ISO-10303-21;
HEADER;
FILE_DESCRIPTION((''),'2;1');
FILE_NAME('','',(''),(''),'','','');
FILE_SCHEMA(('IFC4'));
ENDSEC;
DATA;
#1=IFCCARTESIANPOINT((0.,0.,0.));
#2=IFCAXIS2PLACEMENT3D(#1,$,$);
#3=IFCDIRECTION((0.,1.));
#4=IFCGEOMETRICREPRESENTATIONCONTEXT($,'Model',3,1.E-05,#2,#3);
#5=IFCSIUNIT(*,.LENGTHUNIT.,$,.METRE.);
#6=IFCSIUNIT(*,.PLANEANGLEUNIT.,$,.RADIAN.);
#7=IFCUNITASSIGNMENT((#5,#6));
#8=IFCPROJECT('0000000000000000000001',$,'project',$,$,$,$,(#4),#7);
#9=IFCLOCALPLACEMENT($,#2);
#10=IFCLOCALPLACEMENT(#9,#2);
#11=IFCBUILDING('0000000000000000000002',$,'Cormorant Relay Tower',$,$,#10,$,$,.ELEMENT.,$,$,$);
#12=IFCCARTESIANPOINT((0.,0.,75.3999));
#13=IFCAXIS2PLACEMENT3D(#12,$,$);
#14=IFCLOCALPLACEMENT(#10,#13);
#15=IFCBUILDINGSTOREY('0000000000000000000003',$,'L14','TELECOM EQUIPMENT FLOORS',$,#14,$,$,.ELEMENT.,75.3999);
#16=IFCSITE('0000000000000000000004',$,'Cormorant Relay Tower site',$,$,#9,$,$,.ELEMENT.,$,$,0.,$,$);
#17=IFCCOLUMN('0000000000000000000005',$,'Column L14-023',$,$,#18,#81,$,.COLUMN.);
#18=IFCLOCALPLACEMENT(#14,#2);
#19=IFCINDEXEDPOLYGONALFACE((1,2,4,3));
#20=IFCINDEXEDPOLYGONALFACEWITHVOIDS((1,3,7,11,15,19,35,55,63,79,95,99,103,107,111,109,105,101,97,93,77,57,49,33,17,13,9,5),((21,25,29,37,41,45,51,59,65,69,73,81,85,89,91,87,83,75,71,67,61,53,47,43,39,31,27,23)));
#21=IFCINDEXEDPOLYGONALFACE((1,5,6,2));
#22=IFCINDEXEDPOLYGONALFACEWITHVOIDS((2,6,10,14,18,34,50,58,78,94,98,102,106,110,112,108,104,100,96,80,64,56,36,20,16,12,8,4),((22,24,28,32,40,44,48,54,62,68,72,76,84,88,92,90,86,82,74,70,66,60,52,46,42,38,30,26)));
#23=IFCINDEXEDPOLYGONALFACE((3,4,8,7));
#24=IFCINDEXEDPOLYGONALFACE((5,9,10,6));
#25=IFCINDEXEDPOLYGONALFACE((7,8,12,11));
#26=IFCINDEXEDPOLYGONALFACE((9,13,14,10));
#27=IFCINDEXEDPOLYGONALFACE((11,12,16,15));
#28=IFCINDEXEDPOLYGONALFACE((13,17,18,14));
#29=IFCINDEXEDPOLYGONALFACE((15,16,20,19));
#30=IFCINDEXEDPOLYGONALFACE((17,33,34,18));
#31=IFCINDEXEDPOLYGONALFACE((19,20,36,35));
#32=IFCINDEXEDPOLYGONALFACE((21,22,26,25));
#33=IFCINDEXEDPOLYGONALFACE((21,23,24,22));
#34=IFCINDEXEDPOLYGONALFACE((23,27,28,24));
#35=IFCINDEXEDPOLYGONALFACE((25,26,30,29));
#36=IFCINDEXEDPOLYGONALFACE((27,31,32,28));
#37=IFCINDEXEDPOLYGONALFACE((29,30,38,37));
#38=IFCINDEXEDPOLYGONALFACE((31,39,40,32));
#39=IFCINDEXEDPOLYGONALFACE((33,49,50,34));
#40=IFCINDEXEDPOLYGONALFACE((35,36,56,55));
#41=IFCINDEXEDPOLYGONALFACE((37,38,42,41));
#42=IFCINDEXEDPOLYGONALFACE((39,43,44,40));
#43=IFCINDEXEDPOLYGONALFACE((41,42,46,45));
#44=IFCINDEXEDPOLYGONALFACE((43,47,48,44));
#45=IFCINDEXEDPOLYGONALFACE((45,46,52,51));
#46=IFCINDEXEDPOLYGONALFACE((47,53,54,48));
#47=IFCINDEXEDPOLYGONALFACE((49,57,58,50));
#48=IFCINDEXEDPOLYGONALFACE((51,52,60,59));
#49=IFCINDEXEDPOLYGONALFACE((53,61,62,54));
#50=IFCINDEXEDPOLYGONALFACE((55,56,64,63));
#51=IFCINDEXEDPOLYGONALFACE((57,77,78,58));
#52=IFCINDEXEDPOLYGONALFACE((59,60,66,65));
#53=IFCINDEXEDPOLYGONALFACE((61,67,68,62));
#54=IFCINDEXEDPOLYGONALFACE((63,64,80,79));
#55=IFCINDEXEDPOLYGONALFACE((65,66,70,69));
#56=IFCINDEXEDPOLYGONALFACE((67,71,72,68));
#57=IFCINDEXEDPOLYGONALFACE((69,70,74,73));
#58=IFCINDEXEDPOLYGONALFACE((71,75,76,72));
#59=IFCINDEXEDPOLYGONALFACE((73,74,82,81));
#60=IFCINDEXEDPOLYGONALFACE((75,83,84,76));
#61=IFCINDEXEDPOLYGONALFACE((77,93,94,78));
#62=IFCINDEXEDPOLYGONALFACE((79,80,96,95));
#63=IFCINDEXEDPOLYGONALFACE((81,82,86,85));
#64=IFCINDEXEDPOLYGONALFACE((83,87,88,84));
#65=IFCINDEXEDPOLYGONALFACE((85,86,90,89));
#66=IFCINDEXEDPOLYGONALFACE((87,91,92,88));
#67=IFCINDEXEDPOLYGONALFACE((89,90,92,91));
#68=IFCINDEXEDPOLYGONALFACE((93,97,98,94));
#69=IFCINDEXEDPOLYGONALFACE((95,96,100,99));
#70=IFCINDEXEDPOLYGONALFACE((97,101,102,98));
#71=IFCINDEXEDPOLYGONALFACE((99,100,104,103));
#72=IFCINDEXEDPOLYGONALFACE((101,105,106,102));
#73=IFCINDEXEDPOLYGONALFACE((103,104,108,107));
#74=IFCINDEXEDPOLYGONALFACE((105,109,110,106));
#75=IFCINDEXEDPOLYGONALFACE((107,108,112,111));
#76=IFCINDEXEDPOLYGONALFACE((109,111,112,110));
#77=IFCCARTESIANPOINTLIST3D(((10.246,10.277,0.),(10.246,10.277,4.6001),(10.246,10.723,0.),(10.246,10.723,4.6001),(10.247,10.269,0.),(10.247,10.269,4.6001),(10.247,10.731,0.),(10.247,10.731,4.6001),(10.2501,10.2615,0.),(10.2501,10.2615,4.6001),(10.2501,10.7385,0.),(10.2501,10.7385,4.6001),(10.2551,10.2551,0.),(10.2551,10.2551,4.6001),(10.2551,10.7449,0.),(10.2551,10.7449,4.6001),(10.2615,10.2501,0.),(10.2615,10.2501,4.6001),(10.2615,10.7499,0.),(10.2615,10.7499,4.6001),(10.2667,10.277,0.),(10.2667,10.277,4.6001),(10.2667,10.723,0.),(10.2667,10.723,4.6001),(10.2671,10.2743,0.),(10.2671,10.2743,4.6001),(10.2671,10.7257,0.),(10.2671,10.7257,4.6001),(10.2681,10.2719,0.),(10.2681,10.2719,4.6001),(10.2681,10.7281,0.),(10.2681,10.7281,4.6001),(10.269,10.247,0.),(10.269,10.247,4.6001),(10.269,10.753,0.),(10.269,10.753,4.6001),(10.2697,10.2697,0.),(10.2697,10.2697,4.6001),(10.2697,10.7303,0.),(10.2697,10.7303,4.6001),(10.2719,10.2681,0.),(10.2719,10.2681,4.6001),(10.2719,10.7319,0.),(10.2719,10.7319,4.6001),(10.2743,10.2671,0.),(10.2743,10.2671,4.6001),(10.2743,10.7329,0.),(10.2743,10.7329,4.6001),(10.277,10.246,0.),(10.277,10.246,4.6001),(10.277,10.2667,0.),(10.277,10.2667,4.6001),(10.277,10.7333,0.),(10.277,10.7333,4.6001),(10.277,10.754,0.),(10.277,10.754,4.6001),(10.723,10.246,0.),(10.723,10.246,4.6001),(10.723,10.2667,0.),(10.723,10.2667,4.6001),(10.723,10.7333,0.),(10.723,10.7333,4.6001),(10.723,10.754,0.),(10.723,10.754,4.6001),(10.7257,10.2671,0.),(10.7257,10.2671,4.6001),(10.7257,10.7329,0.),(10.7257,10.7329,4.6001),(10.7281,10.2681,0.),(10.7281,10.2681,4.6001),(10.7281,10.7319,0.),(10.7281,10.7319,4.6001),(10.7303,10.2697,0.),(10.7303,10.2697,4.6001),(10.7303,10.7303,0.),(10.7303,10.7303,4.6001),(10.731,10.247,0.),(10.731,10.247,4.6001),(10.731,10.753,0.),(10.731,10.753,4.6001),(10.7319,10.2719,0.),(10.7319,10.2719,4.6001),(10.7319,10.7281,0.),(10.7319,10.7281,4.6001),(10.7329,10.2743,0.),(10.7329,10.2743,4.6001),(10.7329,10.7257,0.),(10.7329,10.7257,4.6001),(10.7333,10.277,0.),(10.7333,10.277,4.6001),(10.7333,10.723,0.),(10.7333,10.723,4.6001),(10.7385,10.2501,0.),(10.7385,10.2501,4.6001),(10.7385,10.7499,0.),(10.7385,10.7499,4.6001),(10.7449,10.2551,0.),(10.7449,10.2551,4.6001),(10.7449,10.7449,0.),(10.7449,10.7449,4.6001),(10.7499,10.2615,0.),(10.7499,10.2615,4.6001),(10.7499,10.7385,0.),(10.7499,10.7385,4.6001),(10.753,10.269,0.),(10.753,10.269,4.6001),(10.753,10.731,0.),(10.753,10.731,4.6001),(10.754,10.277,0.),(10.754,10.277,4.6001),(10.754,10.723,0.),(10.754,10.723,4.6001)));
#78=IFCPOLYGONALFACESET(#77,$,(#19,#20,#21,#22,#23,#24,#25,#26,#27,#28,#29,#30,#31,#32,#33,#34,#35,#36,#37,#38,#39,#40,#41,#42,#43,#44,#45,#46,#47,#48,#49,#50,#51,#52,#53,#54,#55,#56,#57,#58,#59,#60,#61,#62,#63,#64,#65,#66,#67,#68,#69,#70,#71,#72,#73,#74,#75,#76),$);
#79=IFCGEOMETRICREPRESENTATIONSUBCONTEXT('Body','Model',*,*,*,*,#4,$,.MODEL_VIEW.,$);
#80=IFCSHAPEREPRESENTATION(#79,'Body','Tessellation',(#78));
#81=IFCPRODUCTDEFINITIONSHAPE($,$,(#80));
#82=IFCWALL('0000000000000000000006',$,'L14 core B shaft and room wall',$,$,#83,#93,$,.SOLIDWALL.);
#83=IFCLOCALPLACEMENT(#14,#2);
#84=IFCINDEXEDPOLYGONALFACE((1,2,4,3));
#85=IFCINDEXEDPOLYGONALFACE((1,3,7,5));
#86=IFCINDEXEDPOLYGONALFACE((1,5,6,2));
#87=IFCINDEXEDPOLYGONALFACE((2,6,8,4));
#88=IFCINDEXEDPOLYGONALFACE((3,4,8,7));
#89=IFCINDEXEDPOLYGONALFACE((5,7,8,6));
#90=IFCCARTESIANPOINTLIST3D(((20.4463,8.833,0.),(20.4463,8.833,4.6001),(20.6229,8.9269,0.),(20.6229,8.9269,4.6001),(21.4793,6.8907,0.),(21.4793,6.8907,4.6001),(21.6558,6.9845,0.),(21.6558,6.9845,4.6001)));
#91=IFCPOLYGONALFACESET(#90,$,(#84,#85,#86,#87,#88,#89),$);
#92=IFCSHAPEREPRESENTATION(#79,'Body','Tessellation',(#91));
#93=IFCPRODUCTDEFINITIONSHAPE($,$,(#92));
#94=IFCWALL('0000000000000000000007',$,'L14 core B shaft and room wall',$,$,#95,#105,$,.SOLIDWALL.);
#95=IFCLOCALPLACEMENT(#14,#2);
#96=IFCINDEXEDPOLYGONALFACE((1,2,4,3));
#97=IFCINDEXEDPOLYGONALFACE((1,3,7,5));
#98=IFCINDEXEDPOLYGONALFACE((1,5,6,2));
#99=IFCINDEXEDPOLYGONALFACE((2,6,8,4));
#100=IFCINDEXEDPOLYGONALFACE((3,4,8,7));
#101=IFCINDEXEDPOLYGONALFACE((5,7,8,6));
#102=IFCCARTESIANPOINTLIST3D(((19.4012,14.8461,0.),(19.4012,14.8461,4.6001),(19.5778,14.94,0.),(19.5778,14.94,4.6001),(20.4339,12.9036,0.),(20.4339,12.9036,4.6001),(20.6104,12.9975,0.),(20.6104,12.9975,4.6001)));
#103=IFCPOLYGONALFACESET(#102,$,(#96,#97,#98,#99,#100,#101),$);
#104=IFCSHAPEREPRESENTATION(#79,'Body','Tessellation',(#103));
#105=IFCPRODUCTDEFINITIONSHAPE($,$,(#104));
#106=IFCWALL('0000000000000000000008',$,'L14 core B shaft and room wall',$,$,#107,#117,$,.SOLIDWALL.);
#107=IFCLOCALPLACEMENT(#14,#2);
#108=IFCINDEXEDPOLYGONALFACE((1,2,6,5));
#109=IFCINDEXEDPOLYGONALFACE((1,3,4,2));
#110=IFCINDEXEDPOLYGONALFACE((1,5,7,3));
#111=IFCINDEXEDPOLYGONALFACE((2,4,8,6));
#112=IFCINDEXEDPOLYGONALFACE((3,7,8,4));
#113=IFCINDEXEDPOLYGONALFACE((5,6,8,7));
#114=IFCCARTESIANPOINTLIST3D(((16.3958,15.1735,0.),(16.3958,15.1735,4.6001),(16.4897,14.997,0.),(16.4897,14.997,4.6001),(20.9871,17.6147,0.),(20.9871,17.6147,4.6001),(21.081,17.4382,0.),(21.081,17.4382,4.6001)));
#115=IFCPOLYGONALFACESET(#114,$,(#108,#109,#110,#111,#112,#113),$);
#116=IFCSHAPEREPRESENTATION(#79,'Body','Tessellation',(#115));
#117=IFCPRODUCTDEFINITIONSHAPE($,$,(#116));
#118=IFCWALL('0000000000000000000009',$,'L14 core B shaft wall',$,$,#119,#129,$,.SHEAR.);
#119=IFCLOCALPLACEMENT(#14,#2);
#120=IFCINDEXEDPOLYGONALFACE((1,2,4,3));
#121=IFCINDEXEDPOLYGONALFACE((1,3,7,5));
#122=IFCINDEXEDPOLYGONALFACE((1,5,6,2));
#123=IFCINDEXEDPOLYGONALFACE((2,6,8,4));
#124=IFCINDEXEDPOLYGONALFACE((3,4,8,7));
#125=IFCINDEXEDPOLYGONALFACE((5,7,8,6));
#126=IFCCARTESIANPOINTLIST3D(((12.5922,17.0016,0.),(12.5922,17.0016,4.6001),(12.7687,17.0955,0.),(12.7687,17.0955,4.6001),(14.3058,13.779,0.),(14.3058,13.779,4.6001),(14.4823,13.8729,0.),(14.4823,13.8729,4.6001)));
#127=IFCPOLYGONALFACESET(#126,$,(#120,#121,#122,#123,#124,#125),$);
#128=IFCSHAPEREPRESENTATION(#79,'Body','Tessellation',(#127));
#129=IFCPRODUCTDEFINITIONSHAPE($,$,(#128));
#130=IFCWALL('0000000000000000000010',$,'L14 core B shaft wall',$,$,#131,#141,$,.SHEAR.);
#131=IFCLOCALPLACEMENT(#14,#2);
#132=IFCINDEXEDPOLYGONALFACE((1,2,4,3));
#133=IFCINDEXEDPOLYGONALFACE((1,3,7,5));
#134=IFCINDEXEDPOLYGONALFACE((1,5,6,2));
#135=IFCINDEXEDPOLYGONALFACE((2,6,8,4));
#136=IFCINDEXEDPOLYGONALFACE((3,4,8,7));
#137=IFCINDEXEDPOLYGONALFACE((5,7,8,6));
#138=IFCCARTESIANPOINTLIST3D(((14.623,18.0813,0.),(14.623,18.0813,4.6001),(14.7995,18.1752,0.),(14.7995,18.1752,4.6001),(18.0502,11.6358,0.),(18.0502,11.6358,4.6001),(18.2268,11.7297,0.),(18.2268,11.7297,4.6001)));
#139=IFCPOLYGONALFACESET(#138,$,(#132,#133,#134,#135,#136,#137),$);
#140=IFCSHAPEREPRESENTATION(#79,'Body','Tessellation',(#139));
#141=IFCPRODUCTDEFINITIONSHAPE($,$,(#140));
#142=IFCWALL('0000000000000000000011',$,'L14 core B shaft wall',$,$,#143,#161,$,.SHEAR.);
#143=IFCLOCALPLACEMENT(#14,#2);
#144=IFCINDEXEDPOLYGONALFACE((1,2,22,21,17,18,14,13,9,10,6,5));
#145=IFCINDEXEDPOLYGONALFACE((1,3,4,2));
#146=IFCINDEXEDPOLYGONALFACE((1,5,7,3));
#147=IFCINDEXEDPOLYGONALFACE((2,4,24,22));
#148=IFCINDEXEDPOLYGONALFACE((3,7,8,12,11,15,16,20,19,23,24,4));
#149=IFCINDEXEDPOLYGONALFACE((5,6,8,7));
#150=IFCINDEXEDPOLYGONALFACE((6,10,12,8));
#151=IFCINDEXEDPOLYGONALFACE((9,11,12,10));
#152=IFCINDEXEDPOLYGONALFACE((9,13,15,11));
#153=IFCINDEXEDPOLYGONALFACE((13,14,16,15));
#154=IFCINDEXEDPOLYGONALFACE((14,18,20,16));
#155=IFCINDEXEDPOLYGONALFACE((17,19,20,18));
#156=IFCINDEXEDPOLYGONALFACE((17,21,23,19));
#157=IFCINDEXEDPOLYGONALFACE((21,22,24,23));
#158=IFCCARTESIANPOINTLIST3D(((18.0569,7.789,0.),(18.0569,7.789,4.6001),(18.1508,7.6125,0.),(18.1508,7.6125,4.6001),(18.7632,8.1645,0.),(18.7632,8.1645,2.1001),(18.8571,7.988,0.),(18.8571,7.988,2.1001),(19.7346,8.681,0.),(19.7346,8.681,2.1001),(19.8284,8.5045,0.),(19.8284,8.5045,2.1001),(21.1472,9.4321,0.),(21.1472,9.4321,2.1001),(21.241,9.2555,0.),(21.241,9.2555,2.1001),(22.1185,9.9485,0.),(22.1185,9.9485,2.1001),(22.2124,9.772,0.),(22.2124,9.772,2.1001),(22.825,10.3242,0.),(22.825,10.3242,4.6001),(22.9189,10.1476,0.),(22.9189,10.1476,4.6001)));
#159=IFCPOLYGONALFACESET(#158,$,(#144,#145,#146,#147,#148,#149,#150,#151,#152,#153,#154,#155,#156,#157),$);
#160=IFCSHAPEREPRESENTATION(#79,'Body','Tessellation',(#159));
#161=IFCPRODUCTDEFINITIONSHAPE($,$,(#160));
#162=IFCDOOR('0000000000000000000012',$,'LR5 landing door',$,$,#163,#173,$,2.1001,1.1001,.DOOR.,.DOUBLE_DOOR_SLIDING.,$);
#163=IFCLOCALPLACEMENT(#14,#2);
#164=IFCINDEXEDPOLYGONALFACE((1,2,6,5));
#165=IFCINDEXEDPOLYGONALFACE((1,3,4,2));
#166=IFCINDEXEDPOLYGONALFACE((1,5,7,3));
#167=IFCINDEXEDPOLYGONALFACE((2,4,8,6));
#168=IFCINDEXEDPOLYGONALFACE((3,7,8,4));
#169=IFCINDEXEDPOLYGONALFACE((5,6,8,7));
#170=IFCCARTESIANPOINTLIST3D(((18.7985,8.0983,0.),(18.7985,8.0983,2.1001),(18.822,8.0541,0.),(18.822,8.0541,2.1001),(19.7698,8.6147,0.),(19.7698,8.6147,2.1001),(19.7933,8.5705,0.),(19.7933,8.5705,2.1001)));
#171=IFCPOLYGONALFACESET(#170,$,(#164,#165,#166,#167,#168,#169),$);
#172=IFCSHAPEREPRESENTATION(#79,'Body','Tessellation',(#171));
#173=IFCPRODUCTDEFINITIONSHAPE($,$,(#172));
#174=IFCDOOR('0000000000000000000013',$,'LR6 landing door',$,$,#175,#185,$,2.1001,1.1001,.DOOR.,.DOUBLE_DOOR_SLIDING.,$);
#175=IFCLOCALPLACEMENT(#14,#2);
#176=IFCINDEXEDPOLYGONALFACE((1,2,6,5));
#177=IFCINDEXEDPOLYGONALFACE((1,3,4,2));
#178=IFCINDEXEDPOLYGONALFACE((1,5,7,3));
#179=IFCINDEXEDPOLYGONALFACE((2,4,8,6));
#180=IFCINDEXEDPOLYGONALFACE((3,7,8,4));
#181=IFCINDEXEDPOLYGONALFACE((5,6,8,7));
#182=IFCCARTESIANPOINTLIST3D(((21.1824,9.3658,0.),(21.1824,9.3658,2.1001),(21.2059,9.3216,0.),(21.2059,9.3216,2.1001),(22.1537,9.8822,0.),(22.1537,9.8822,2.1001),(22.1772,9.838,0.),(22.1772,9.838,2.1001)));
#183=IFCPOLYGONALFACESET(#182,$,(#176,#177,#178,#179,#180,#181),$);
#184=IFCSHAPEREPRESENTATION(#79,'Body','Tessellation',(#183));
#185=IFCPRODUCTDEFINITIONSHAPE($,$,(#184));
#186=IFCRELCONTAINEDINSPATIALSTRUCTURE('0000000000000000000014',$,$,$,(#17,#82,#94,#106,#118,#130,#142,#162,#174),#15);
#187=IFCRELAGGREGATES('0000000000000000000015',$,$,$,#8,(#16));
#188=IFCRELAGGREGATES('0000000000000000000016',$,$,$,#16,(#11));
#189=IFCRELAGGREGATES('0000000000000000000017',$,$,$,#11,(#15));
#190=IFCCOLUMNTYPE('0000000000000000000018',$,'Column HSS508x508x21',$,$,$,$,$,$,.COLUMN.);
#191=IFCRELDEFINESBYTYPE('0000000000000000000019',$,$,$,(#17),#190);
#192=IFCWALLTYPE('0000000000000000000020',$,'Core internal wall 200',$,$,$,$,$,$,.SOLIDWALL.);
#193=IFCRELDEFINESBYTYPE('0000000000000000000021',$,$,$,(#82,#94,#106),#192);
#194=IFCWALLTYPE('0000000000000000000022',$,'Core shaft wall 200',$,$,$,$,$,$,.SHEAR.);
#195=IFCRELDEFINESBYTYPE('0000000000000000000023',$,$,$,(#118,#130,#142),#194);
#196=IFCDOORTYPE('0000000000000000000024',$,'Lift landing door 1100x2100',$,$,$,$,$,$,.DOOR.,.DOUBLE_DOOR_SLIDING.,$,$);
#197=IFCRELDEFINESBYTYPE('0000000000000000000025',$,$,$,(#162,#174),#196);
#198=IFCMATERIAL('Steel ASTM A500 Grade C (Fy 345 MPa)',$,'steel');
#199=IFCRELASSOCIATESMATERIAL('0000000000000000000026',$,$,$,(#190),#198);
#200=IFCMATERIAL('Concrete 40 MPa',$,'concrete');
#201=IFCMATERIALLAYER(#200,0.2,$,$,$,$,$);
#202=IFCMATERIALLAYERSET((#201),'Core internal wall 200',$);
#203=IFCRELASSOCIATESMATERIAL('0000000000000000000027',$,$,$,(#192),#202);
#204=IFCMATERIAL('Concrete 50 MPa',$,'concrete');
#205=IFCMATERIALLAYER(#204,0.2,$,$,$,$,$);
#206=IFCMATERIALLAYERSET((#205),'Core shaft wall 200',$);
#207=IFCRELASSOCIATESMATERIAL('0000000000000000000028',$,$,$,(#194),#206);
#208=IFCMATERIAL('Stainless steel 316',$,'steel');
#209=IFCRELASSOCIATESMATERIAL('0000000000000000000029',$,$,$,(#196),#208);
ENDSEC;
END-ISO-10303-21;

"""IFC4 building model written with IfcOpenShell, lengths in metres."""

from ifc_helpers import new_model, si_unit, direction, frame, frame_2d, origin, origin_2d, place, context, subcontext, project, spatial, rectangle, hollow_rectangle, extrude, material, layer, layer_set, material_profile, profile_set, type_object, element, fill, save


model = new_model("IFC4")

# Units and contexts
model_context = context("Model", 3, precision=1e-05, world=origin(), true_north=direction((0.0, 1.0)))
body_context = subcontext(model_context, "Body", "Model", "MODEL_VIEW")
ifc_project = project(units=[si_unit("LENGTHUNIT", "METRE"), si_unit("PLANEANGLEUNIT", "RADIAN")], contexts=[model_context])

# Site, building, storey
site_placement = place(None, origin())
site = spatial("IfcSite", under=ifc_project, at=site_placement, Name="Cormorant Relay Tower site", CompositionType="ELEMENT", RefElevation=0.0)
building_placement = place(site_placement, origin())
building = spatial("IfcBuilding", under=site, at=building_placement, Name="Cormorant Relay Tower", CompositionType="ELEMENT")
storey_placement = place(building_placement, frame((0.0, 0.0, 75.3999)))
storey = spatial("IfcBuildingStorey", under=building, at=storey_placement, Name="L14", Description="TELECOM EQUIPMENT FLOORS", CompositionType="ELEMENT", Elevation=75.3999)

# Column
ifc_material_1 = material(Name="Steel ASTM A500 Grade C (Fy 345 MPa)", Category="steel")
ifc_material_profile = material_profile(ifc_material_1, hollow_rectangle(XDim=0.5081, YDim=0.5081, WallThickness=0.0208, InnerFilletRadius=0.0103, OuterFilletRadius=0.031, at=origin_2d()), Name="HSS508x508x21")
ifc_profile_set = profile_set([ifc_material_profile], Name="Steel ASTM A500 Grade C (Fy 345 MPa)")
column_type = type_object("IfcColumnType", Name="Column HSS508x508x21", PredefinedType="COLUMN", material=ifc_profile_set)
column_placement = place(storey_placement, frame((10.5, 10.5, 0.0), z_axis=(0.0, 0.0, 1.0), x_axis=(1.0, 0.0, 0.0)))
element("IfcColumn", 1, at=column_placement, inside=storey, type_object=column_type, Name="Column L14-023", PredefinedType="COLUMN", context=body_context, shape_type="SweptSolid", body=[
    extrude(hollow_rectangle(XDim=0.5081, YDim=0.5081, WallThickness=0.0208, InnerFilletRadius=0.0103, OuterFilletRadius=0.031, at=origin_2d()), origin(), (0.0, 0.0, 1.0), 4.6001),
])

# Walls
ifc_material_2 = material(Name="Concrete 40 MPa", Category="concrete")
ifc_layer_1 = layer(ifc_material_2, 0.2)
ifc_layer_set_1 = layer_set([ifc_layer_1], Name="Core internal wall 200")
wall_type_1 = type_object("IfcWallType", Name="Core internal wall 200", PredefinedType="SOLIDWALL", material=ifc_layer_set_1)
for number, where, z_axis, x_axis, name in (
    (2, (21.5676, 6.9375, 0.0), (0.0, 0.0, 1.0), (-0.469534, 0.882914, 0.0), "L14 core B shaft and room wall"),
    (3, (20.5222, 12.9504, 0.0), (0.0, 0.0, 1.0), (-0.469401, 0.882985, 0.0), "L14 core B shaft and room wall"),
):
    element("IfcWall", number, at=place(storey_placement, frame(where, z_axis=z_axis, x_axis=x_axis)), inside=storey, type_object=wall_type_1, Name=name, PredefinedType="SOLIDWALL", context=body_context, shape_type="SweptSolid", body=[
        extrude(rectangle(XDim=2.2, YDim=0.2, at=frame_2d((1.1001, 0.0))), origin(), (0.0, 0.0, 1.0), 4.6001),
    ])
wall_1_placement = place(storey_placement, frame((16.4426, 15.0852, 0.0), z_axis=(0.0, 0.0, 1.0), x_axis=(0.882954, 0.46946, 0.0)))
element("IfcWall", 4, at=wall_1_placement, inside=storey, type_object=wall_type_1, Name="L14 core B shaft and room wall", PredefinedType="SOLIDWALL", context=body_context, shape_type="SweptSolid", body=[
    extrude(rectangle(XDim=5.2, YDim=0.2, at=frame_2d((2.6001, 0.0))), origin(), (0.0, 0.0, 1.0), 4.6001),
])
ifc_material_3 = material(Name="Concrete 50 MPa", Category="concrete")
ifc_layer_2 = layer(ifc_material_3, 0.2)
ifc_layer_set_2 = layer_set([ifc_layer_2], Name="Core shaft wall 200")
wall_type_2 = type_object("IfcWallType", Name="Core shaft wall 200", PredefinedType="SHEAR", material=ifc_layer_set_2)
wall_2_placement = place(storey_placement, frame((14.394, 13.8259, 0.0), z_axis=(0.0, 0.0, 1.0), x_axis=(-0.469494, 0.882936, 0.0)))
element("IfcWall", 5, at=wall_2_placement, inside=storey, type_object=wall_type_2, Name="L14 core B shaft wall", PredefinedType="SHEAR", context=body_context, shape_type="SweptSolid", body=[
    extrude(rectangle(XDim=3.6499, YDim=0.2, at=frame_2d((1.825, 0.0))), origin(), (0.0, 0.0, 1.0), 4.6001),
])
wall_3_placement = place(storey_placement, frame((18.1384, 11.6829, 0.0), z_axis=(0.0, 0.0, 1.0), x_axis=(-0.46948, 0.882943, 0.0)))
element("IfcWall", 6, at=wall_3_placement, inside=storey, type_object=wall_type_2, Name="L14 core B shaft wall", PredefinedType="SHEAR", context=body_context, shape_type="SweptSolid", body=[
    extrude(rectangle(XDim=7.3, YDim=0.2, at=frame_2d((3.6499, 0.0))), origin(), (0.0, 0.0, 1.0), 4.6001),
])

# Wall, openings, doors
wall_4_placement = place(storey_placement, frame((18.1038, 7.7007, 0.0), z_axis=(0.0, 0.0, 1.0), x_axis=(0.882953, 0.469462, 0.0)))
wall_4 = element("IfcWall", 7, at=wall_4_placement, inside=storey, type_object=wall_type_2, Name="L14 core B shaft wall", PredefinedType="SHEAR", context=body_context, shape_type="SweptSolid", body=[
    extrude(rectangle(XDim=5.4001, YDim=0.2, at=frame_2d((2.7002, 0.0))), origin(), (0.0, 0.0, 1.0), 4.6001),
])
opening_1_placement = place(wall_4_placement, frame((0.8, 0.0, 0.0)))
opening_1 = element("IfcOpeningElement", 8, at=opening_1_placement, cuts=wall_4, PredefinedType="OPENING", context=body_context, shape_type="SweptSolid", body=[
    extrude(rectangle(XDim=1.1001, YDim=2.1001, at=frame_2d((0.55, 1.05))), frame((0.0, 0.1099, 0.0), z_axis=(0.0, -1.0, 0.0), x_axis=(1.0, 0.0, 0.0)), (0.0, 0.0, 1.0), 0.22),
])
opening_2_placement = place(wall_4_placement, frame((3.5, 0.0, 0.0)))
opening_2 = element("IfcOpeningElement", 9, at=opening_2_placement, cuts=wall_4, PredefinedType="OPENING", context=body_context, shape_type="SweptSolid", body=[
    extrude(rectangle(XDim=1.1001, YDim=2.1001, at=frame_2d((0.55, 1.05))), frame((0.0, 0.1099, 0.0), z_axis=(0.0, -1.0, 0.0), x_axis=(1.0, 0.0, 0.0)), (0.0, 0.0, 1.0), 0.22),
])
ifc_material_4 = material(Name="Stainless steel 316", Category="steel")
door_type_1 = type_object("IfcDoorType", Name="Lift landing door 1100x2100", OperationType="DOUBLE_DOOR_SLIDING", PredefinedType="DOOR", material=ifc_material_4)
door_1_placement = place(opening_1_placement, origin())
door_1 = element("IfcDoor", 10, at=door_1_placement, inside=storey, type_object=door_type_1, Name="LR5 landing door", OperationType="DOUBLE_DOOR_SLIDING", OverallHeight=2.1001, OverallWidth=1.1001, PredefinedType="DOOR", context=body_context, shape_type="SweptSolid", body=[
    extrude(rectangle(XDim=1.1001, YDim=2.1001, at=frame_2d((0.55, 1.05))), frame((0.0, 0.0249, 0.0), z_axis=(0.0, -1.0, 0.0), x_axis=(1.0, 0.0, 0.0)), (0.0, 0.0, 1.0), 0.05),
])
fill(opening_1, door_1)
door_2_placement = place(opening_2_placement, origin())
door_2 = element("IfcDoor", 11, at=door_2_placement, inside=storey, type_object=door_type_1, Name="LR6 landing door", OperationType="DOUBLE_DOOR_SLIDING", OverallHeight=2.1001, OverallWidth=1.1001, PredefinedType="DOOR", context=body_context, shape_type="SweptSolid", body=[
    extrude(rectangle(XDim=1.1001, YDim=2.1001, at=frame_2d((0.55, 1.05))), frame((0.0, 0.0249, 0.0), z_axis=(0.0, -1.0, 0.0), x_axis=(1.0, 0.0, 0.0)), (0.0, 0.0, 1.0), 0.05),
])
fill(opening_2, door_2)

save(model, "model.ifc")
